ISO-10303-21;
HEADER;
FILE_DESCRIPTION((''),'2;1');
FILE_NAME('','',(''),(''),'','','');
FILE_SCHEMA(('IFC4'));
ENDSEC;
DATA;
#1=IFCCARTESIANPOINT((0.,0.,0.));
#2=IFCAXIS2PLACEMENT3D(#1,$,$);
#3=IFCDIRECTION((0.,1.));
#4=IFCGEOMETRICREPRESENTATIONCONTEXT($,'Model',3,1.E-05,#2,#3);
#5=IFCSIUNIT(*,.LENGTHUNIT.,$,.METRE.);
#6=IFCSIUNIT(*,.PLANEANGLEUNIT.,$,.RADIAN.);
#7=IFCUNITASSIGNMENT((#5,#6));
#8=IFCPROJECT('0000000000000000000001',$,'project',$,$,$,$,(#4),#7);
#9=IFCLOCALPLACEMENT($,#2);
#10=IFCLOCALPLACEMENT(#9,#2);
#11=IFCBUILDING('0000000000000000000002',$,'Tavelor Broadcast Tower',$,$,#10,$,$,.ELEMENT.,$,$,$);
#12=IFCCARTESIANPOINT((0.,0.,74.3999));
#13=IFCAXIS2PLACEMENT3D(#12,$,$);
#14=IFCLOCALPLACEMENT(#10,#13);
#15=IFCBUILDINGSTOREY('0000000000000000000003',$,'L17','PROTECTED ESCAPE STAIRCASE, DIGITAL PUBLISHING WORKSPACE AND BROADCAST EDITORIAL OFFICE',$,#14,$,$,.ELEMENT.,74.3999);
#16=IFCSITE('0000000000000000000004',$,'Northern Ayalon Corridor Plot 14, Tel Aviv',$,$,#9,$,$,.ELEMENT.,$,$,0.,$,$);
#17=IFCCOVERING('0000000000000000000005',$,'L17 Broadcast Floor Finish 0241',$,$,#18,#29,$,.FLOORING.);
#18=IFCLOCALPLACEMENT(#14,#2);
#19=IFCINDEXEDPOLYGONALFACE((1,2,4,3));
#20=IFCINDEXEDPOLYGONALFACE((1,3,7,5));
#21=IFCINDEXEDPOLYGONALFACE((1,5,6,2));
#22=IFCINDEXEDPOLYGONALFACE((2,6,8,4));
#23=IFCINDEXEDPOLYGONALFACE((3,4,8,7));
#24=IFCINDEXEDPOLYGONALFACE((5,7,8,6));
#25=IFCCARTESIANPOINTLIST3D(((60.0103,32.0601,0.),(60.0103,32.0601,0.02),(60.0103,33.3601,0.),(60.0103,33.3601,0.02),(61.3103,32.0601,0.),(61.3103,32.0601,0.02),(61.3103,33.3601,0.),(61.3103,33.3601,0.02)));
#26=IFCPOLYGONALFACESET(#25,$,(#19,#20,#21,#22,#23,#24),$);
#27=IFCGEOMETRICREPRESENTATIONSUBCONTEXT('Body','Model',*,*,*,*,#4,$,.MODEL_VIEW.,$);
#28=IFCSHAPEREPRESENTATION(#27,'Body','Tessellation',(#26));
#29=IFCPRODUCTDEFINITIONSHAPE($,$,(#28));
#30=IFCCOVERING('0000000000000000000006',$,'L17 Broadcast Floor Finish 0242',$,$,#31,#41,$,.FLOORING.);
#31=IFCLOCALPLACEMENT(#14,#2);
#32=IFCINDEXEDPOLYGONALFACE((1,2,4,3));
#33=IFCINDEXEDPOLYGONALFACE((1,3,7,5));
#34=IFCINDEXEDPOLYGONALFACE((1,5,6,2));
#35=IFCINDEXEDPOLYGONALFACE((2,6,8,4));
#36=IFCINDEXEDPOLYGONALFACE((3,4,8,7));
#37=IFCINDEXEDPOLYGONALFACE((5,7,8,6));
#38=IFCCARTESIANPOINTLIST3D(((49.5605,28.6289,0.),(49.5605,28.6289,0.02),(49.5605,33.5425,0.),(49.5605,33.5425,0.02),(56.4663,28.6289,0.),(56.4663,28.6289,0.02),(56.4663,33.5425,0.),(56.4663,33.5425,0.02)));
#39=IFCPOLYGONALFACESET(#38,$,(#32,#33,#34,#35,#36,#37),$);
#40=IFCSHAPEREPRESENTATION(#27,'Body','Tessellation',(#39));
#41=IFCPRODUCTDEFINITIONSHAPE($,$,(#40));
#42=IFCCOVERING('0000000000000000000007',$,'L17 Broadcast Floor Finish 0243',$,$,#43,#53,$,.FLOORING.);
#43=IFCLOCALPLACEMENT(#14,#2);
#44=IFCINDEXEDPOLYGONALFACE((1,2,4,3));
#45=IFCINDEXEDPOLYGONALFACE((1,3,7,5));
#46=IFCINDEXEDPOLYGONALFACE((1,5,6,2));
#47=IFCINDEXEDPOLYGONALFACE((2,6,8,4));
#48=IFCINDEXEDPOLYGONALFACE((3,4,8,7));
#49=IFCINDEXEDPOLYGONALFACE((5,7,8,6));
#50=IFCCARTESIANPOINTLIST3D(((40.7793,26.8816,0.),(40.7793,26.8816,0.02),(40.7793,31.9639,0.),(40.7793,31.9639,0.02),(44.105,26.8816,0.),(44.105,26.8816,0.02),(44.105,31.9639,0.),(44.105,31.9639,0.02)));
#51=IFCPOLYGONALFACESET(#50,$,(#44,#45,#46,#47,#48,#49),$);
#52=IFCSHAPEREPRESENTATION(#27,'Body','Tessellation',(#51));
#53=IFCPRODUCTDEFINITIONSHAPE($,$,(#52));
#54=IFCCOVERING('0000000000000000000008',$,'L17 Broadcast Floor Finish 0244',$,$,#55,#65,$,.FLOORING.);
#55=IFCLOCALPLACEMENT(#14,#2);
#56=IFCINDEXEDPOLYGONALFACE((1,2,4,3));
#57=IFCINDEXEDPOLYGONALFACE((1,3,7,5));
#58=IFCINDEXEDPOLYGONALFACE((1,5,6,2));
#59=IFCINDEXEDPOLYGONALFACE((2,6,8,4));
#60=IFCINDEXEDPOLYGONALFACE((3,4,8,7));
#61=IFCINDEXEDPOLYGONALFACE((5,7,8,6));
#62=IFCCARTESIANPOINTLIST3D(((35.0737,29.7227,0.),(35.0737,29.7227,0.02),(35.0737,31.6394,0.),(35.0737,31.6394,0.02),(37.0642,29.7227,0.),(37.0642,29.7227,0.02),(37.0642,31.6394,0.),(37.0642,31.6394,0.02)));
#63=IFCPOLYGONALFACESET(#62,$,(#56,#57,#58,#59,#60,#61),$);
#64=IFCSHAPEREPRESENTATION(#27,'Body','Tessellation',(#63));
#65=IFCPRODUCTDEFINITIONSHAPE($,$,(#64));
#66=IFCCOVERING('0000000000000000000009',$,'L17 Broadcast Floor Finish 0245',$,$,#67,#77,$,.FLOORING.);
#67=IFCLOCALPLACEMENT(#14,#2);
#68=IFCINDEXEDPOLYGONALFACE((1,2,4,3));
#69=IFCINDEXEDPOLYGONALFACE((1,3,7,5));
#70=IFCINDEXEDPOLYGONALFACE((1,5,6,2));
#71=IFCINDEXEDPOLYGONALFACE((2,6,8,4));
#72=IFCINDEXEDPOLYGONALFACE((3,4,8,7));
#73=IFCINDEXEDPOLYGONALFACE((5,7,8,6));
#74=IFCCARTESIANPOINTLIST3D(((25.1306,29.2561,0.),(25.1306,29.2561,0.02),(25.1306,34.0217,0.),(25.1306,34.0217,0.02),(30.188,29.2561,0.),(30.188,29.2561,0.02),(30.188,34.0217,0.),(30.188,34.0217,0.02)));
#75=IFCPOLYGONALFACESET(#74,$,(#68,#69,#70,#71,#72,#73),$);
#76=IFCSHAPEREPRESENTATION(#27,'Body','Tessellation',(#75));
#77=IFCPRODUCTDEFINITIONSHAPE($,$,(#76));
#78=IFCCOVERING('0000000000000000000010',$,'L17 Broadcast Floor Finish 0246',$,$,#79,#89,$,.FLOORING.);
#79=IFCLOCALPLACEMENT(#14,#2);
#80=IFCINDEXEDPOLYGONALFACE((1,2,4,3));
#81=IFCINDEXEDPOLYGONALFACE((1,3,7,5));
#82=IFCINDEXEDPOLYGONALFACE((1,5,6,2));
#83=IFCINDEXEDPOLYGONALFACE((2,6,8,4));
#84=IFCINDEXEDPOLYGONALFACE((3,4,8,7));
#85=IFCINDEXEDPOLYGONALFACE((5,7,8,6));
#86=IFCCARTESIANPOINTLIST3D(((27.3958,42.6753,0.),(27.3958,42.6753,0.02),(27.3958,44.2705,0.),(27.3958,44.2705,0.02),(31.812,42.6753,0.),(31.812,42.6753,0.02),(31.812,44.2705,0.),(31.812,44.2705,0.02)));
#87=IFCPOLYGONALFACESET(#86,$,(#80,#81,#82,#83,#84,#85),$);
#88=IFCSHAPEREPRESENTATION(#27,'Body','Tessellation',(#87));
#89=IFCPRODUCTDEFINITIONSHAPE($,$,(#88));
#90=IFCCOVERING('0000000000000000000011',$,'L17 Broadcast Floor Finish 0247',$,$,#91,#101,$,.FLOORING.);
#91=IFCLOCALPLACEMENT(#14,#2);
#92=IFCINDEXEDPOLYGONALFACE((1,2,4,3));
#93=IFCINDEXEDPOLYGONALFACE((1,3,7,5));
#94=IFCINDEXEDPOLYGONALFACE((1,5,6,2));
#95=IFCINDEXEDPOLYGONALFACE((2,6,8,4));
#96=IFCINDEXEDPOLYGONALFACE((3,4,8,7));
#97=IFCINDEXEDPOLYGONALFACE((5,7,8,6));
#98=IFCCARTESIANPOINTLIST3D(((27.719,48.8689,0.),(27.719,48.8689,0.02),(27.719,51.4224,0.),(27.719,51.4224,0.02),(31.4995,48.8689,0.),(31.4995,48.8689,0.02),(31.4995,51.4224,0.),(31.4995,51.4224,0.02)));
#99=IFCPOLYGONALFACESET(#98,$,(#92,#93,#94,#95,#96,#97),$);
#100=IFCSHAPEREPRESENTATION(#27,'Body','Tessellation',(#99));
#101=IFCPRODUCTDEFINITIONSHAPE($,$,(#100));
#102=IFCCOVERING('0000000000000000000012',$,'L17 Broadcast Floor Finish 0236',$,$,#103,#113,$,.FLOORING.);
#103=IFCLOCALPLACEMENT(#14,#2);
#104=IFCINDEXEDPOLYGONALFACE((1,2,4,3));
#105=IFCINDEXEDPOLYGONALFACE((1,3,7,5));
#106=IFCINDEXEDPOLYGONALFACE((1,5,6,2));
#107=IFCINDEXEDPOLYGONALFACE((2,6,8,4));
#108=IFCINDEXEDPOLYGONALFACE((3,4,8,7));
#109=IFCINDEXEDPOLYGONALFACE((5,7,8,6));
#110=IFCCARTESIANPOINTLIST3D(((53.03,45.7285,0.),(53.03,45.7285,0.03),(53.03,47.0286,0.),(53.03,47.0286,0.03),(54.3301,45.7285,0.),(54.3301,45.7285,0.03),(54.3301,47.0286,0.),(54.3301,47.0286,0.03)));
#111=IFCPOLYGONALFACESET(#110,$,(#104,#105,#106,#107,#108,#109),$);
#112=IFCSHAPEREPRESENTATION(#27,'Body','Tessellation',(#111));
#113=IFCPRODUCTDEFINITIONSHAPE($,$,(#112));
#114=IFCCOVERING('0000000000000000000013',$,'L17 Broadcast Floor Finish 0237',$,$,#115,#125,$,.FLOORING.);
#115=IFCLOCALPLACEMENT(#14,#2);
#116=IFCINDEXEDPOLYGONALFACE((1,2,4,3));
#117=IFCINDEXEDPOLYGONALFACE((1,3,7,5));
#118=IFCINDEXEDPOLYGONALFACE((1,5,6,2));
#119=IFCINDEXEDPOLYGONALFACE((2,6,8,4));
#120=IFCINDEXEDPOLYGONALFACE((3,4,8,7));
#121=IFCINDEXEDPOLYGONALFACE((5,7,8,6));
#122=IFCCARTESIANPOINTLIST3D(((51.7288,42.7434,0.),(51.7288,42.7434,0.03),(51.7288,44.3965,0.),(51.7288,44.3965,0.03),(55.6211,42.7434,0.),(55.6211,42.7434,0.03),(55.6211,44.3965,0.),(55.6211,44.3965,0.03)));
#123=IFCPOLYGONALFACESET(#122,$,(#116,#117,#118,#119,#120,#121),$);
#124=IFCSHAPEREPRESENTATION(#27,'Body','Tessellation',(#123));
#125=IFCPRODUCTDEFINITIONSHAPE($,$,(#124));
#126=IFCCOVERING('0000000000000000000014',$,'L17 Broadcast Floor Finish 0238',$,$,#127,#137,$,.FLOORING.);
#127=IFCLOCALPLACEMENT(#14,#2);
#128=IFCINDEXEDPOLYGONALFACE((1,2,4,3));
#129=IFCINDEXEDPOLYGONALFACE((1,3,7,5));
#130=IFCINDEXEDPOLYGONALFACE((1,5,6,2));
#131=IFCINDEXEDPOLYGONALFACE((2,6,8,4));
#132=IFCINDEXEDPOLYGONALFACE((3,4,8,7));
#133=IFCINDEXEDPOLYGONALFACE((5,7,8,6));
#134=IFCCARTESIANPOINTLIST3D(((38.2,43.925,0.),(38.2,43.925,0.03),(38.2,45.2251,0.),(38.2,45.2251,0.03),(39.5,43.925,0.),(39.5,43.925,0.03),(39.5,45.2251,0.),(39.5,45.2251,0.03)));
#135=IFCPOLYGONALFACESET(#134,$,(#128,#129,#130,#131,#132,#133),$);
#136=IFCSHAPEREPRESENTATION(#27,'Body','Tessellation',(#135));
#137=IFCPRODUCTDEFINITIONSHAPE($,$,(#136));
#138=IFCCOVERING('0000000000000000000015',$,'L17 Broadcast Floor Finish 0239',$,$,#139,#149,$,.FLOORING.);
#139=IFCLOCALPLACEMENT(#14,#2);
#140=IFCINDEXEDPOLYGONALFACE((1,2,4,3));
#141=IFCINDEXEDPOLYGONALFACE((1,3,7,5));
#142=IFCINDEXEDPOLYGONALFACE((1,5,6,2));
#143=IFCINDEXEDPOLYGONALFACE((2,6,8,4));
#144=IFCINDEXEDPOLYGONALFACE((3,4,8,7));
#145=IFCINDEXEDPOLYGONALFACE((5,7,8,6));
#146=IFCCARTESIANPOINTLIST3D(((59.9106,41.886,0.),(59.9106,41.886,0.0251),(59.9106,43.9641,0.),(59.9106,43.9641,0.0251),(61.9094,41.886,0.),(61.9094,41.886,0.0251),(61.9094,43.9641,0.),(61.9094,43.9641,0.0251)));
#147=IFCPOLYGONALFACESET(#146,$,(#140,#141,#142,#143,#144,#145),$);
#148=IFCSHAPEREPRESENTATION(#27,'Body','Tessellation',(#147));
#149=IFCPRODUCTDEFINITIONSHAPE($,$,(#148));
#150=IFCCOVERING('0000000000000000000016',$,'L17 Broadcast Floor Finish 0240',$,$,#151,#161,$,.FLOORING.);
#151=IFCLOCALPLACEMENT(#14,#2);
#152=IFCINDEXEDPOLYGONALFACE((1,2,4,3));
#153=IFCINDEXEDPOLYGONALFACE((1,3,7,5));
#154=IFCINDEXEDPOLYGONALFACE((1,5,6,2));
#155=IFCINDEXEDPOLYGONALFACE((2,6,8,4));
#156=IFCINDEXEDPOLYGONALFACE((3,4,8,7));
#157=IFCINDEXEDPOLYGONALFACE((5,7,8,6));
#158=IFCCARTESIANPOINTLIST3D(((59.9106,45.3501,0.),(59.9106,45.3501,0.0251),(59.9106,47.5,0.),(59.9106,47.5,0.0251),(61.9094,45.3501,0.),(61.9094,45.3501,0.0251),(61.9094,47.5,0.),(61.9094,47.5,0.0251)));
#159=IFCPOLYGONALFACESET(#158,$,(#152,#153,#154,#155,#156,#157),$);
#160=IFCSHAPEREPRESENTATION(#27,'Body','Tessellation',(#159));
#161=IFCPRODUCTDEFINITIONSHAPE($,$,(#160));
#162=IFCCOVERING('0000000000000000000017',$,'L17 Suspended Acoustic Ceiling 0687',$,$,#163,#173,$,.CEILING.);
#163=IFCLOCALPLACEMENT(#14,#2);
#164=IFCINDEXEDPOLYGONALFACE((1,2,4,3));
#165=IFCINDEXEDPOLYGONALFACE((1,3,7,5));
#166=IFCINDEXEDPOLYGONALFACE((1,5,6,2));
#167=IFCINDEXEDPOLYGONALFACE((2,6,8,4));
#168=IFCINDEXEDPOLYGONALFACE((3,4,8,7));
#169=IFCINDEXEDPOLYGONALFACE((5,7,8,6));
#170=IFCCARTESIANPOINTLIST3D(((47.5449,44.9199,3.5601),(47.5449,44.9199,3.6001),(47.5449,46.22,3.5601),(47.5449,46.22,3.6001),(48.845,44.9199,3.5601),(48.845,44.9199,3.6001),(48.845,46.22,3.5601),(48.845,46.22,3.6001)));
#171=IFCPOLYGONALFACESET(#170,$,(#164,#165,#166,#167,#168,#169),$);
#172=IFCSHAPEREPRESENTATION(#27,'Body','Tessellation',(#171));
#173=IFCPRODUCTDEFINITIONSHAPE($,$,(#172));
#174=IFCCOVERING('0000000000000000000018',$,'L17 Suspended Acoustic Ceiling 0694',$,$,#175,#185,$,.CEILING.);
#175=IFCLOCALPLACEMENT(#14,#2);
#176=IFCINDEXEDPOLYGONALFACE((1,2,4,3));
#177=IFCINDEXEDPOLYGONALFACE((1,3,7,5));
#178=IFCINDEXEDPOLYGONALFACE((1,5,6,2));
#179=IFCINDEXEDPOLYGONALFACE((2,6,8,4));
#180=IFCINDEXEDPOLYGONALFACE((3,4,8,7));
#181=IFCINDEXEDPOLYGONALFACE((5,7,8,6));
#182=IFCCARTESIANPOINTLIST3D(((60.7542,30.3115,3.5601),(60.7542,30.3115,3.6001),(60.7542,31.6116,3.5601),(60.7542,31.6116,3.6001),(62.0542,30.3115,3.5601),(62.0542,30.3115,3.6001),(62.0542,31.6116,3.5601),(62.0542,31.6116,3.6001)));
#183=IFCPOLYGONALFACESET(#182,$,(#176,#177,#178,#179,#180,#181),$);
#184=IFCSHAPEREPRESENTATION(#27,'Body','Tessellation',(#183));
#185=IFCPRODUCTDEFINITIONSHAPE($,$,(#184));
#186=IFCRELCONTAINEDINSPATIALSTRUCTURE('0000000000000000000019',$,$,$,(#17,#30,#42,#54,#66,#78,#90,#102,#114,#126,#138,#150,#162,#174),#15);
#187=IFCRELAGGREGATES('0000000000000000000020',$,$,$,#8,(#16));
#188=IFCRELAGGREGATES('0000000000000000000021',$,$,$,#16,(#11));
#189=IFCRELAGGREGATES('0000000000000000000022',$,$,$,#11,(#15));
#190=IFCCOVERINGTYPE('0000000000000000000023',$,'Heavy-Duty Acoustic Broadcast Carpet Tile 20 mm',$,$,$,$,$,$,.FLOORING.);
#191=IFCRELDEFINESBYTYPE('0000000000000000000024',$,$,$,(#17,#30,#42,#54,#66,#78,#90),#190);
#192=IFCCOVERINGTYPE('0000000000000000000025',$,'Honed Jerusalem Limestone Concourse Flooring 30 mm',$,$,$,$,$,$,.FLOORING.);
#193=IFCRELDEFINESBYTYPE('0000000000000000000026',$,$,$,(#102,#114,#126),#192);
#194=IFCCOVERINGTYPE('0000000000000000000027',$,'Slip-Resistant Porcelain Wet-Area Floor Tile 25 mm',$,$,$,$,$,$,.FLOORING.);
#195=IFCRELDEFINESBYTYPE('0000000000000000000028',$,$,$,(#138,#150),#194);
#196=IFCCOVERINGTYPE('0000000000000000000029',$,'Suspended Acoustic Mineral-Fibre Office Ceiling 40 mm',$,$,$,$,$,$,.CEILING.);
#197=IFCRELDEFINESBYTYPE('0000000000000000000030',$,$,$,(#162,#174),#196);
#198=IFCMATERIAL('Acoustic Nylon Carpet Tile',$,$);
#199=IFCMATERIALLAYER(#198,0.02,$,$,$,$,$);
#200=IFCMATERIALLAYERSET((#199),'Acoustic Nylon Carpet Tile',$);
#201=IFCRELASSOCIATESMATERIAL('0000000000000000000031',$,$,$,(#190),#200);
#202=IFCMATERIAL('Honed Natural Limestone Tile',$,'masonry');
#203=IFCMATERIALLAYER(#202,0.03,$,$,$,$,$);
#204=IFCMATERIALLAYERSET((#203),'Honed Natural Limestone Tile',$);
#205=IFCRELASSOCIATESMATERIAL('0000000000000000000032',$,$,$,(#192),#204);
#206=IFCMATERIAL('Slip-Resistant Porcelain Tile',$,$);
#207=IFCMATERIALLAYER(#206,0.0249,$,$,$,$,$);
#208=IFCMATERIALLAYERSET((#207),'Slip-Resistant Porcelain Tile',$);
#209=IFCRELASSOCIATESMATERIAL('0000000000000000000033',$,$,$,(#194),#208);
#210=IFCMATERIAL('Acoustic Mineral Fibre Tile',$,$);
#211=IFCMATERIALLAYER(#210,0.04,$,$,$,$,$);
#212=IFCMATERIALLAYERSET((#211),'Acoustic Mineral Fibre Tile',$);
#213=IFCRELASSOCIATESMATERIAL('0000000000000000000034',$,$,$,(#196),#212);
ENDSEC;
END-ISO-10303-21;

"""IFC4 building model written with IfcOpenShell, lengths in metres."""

from ifc_helpers import new_model, si_unit, direction, frame, origin, place, context, subcontext, project, spatial, polyline, outline, extrude, material, layer, layer_set, type_object, element, save


model = new_model("IFC4")

# Units and contexts
model_context = context("Model", 3, precision=1e-05, world=origin(), true_north=direction((0.0, 1.0)))
body_context = subcontext(model_context, "Body", "Model", "MODEL_VIEW")
ifc_project = project(units=[si_unit("LENGTHUNIT", "METRE"), si_unit("PLANEANGLEUNIT", "RADIAN")], contexts=[model_context])

# Site, building, storey
site_placement = place(None, origin())
site = spatial("IfcSite", under=ifc_project, at=site_placement, Name="Northern Ayalon Corridor Plot 14, Tel Aviv", CompositionType="ELEMENT", RefElevation=0.0)
building_placement = place(site_placement, origin())
building = spatial("IfcBuilding", under=site, at=building_placement, Name="Tavelor Broadcast Tower", CompositionType="ELEMENT")
storey_placement = place(building_placement, frame((0.0, 0.0, 74.3999)))
storey = spatial("IfcBuildingStorey", under=building, at=storey_placement, Name="L17", Description="PROTECTED ESCAPE STAIRCASE, DIGITAL PUBLISHING WORKSPACE AND BROADCAST EDITORIAL OFFICE", CompositionType="ELEMENT", Elevation=74.3999)

# Coverings
ifc_material_1 = material(Name="Acoustic Nylon Carpet Tile")
ifc_layer_1 = layer(ifc_material_1, 0.02)
ifc_layer_set_1 = layer_set([ifc_layer_1], Name="Acoustic Nylon Carpet Tile")
covering_type_1 = type_object("IfcCoveringType", Name="Heavy-Duty Acoustic Broadcast Carpet Tile 20 mm", PredefinedType="FLOORING", material=ifc_layer_set_1)
covering_1_placement = place(storey_placement, origin())
element("IfcCovering", 1, at=covering_1_placement, inside=storey, type_object=covering_type_1, Name="L17 Broadcast Floor Finish 0241", PredefinedType="FLOORING", context=body_context, shape_type="SweptSolid", body=[
    extrude(outline(polyline([(60.0103, 32.0601), (61.3103, 32.0601), (61.3103, 33.3601), (60.0103, 33.3601), (60.0103, 32.0601)])), origin(), (0.0, 0.0, 1.0), 0.02),
])
covering_2_placement = place(storey_placement, origin())
element("IfcCovering", 2, at=covering_2_placement, inside=storey, type_object=covering_type_1, Name="L17 Broadcast Floor Finish 0242", PredefinedType="FLOORING", context=body_context, shape_type="SweptSolid", body=[
    extrude(outline(polyline([(49.5605, 28.6289), (56.4663, 28.6289), (56.4663, 33.5425), (49.5605, 33.5425), (49.5605, 28.6289)])), origin(), (0.0, 0.0, 1.0), 0.02),
])
covering_3_placement = place(storey_placement, origin())
element("IfcCovering", 3, at=covering_3_placement, inside=storey, type_object=covering_type_1, Name="L17 Broadcast Floor Finish 0243", PredefinedType="FLOORING", context=body_context, shape_type="SweptSolid", body=[
    extrude(outline(polyline([(40.7793, 26.8816), (44.105, 26.8816), (44.105, 31.9639), (40.7793, 31.9639), (40.7793, 26.8816)])), origin(), (0.0, 0.0, 1.0), 0.02),
])
covering_4_placement = place(storey_placement, origin())
element("IfcCovering", 4, at=covering_4_placement, inside=storey, type_object=covering_type_1, Name="L17 Broadcast Floor Finish 0244", PredefinedType="FLOORING", context=body_context, shape_type="SweptSolid", body=[
    extrude(outline(polyline([(35.0737, 29.7227), (37.0642, 29.7227), (37.0642, 31.6394), (35.0737, 31.6394), (35.0737, 29.7227)])), origin(), (0.0, 0.0, 1.0), 0.02),
])
covering_5_placement = place(storey_placement, origin())
element("IfcCovering", 5, at=covering_5_placement, inside=storey, type_object=covering_type_1, Name="L17 Broadcast Floor Finish 0245", PredefinedType="FLOORING", context=body_context, shape_type="SweptSolid", body=[
    extrude(outline(polyline([(25.1306, 29.2561), (30.188, 29.2561), (30.188, 34.0217), (25.1306, 34.0217), (25.1306, 29.2561)])), origin(), (0.0, 0.0, 1.0), 0.02),
])
covering_6_placement = place(storey_placement, origin())
element("IfcCovering", 6, at=covering_6_placement, inside=storey, type_object=covering_type_1, Name="L17 Broadcast Floor Finish 0246", PredefinedType="FLOORING", context=body_context, shape_type="SweptSolid", body=[
    extrude(outline(polyline([(27.3958, 42.6753), (31.812, 42.6753), (31.812, 44.2705), (27.3958, 44.2705), (27.3958, 42.6753)])), origin(), (0.0, 0.0, 1.0), 0.02),
])
covering_7_placement = place(storey_placement, origin())
element("IfcCovering", 7, at=covering_7_placement, inside=storey, type_object=covering_type_1, Name="L17 Broadcast Floor Finish 0247", PredefinedType="FLOORING", context=body_context, shape_type="SweptSolid", body=[
    extrude(outline(polyline([(27.719, 48.8689), (31.4995, 48.8689), (31.4995, 51.4224), (27.719, 51.4224), (27.719, 48.8689)])), origin(), (0.0, 0.0, 1.0), 0.02),
])
ifc_material_2 = material(Name="Honed Natural Limestone Tile", Category="masonry")
ifc_layer_2 = layer(ifc_material_2, 0.03)
ifc_layer_set_2 = layer_set([ifc_layer_2], Name="Honed Natural Limestone Tile")
covering_type_2 = type_object("IfcCoveringType", Name="Honed Jerusalem Limestone Concourse Flooring 30 mm", PredefinedType="FLOORING", material=ifc_layer_set_2)
covering_8_placement = place(storey_placement, origin())
element("IfcCovering", 8, at=covering_8_placement, inside=storey, type_object=covering_type_2, Name="L17 Broadcast Floor Finish 0236", PredefinedType="FLOORING", context=body_context, shape_type="SweptSolid", body=[
    extrude(outline(polyline([(53.03, 45.7285), (54.3301, 45.7285), (54.3301, 47.0286), (53.03, 47.0286), (53.03, 45.7285)])), origin(), (0.0, 0.0, 1.0), 0.03),
])
covering_9_placement = place(storey_placement, origin())
element("IfcCovering", 9, at=covering_9_placement, inside=storey, type_object=covering_type_2, Name="L17 Broadcast Floor Finish 0237", PredefinedType="FLOORING", context=body_context, shape_type="SweptSolid", body=[
    extrude(outline(polyline([(51.7288, 42.7434), (55.6211, 42.7434), (55.6211, 44.3965), (51.7288, 44.3965), (51.7288, 42.7434)])), origin(), (0.0, 0.0, 1.0), 0.03),
])
covering_10_placement = place(storey_placement, origin())
element("IfcCovering", 10, at=covering_10_placement, inside=storey, type_object=covering_type_2, Name="L17 Broadcast Floor Finish 0238", PredefinedType="FLOORING", context=body_context, shape_type="SweptSolid", body=[
    extrude(outline(polyline([(38.2, 43.925), (39.5, 43.925), (39.5, 45.2251), (38.2, 45.2251), (38.2, 43.925)])), origin(), (0.0, 0.0, 1.0), 0.03),
])
ifc_material_3 = material(Name="Slip-Resistant Porcelain Tile")
ifc_layer_3 = layer(ifc_material_3, 0.0249)
ifc_layer_set_3 = layer_set([ifc_layer_3], Name="Slip-Resistant Porcelain Tile")
covering_type_3 = type_object("IfcCoveringType", Name="Slip-Resistant Porcelain Wet-Area Floor Tile 25 mm", PredefinedType="FLOORING", material=ifc_layer_set_3)
covering_11_placement = place(storey_placement, origin())
element("IfcCovering", 11, at=covering_11_placement, inside=storey, type_object=covering_type_3, Name="L17 Broadcast Floor Finish 0239", PredefinedType="FLOORING", context=body_context, shape_type="SweptSolid", body=[
    extrude(outline(polyline([(59.9106, 41.886), (61.9094, 41.886), (61.9094, 43.9641), (59.9106, 43.9641), (59.9106, 41.886)])), origin(), (0.0, 0.0, 1.0), 0.0251),
])
covering_12_placement = place(storey_placement, origin())
element("IfcCovering", 12, at=covering_12_placement, inside=storey, type_object=covering_type_3, Name="L17 Broadcast Floor Finish 0240", PredefinedType="FLOORING", context=body_context, shape_type="SweptSolid", body=[
    extrude(outline(polyline([(59.9106, 45.3501), (61.9094, 45.3501), (61.9094, 47.5), (59.9106, 47.5), (59.9106, 45.3501)])), origin(), (0.0, 0.0, 1.0), 0.0251),
])
ifc_material_4 = material(Name="Acoustic Mineral Fibre Tile")
ifc_layer_4 = layer(ifc_material_4, 0.04)
ifc_layer_set_4 = layer_set([ifc_layer_4], Name="Acoustic Mineral Fibre Tile")
covering_type_4 = type_object("IfcCoveringType", Name="Suspended Acoustic Mineral-Fibre Office Ceiling 40 mm", PredefinedType="CEILING", material=ifc_layer_set_4)
covering_13_placement = place(storey_placement, frame((0.0, 0.0, 3.5601)))
element("IfcCovering", 13, at=covering_13_placement, inside=storey, type_object=covering_type_4, Name="L17 Suspended Acoustic Ceiling 0687", PredefinedType="CEILING", context=body_context, shape_type="SweptSolid", body=[
    extrude(outline(polyline([(47.5449, 44.9199), (48.845, 44.9199), (48.845, 46.22), (47.5449, 46.22), (47.5449, 44.9199)])), origin(), (0.0, 0.0, 1.0), 0.04),
])
covering_14_placement = place(storey_placement, frame((0.0, 0.0, 3.5601)))
element("IfcCovering", 14, at=covering_14_placement, inside=storey, type_object=covering_type_4, Name="L17 Suspended Acoustic Ceiling 0694", PredefinedType="CEILING", context=body_context, shape_type="SweptSolid", body=[
    extrude(outline(polyline([(60.7542, 30.3115), (62.0542, 30.3115), (62.0542, 31.6116), (60.7542, 31.6116), (60.7542, 30.3115)])), origin(), (0.0, 0.0, 1.0), 0.04),
])

save(model, "model.ifc")
